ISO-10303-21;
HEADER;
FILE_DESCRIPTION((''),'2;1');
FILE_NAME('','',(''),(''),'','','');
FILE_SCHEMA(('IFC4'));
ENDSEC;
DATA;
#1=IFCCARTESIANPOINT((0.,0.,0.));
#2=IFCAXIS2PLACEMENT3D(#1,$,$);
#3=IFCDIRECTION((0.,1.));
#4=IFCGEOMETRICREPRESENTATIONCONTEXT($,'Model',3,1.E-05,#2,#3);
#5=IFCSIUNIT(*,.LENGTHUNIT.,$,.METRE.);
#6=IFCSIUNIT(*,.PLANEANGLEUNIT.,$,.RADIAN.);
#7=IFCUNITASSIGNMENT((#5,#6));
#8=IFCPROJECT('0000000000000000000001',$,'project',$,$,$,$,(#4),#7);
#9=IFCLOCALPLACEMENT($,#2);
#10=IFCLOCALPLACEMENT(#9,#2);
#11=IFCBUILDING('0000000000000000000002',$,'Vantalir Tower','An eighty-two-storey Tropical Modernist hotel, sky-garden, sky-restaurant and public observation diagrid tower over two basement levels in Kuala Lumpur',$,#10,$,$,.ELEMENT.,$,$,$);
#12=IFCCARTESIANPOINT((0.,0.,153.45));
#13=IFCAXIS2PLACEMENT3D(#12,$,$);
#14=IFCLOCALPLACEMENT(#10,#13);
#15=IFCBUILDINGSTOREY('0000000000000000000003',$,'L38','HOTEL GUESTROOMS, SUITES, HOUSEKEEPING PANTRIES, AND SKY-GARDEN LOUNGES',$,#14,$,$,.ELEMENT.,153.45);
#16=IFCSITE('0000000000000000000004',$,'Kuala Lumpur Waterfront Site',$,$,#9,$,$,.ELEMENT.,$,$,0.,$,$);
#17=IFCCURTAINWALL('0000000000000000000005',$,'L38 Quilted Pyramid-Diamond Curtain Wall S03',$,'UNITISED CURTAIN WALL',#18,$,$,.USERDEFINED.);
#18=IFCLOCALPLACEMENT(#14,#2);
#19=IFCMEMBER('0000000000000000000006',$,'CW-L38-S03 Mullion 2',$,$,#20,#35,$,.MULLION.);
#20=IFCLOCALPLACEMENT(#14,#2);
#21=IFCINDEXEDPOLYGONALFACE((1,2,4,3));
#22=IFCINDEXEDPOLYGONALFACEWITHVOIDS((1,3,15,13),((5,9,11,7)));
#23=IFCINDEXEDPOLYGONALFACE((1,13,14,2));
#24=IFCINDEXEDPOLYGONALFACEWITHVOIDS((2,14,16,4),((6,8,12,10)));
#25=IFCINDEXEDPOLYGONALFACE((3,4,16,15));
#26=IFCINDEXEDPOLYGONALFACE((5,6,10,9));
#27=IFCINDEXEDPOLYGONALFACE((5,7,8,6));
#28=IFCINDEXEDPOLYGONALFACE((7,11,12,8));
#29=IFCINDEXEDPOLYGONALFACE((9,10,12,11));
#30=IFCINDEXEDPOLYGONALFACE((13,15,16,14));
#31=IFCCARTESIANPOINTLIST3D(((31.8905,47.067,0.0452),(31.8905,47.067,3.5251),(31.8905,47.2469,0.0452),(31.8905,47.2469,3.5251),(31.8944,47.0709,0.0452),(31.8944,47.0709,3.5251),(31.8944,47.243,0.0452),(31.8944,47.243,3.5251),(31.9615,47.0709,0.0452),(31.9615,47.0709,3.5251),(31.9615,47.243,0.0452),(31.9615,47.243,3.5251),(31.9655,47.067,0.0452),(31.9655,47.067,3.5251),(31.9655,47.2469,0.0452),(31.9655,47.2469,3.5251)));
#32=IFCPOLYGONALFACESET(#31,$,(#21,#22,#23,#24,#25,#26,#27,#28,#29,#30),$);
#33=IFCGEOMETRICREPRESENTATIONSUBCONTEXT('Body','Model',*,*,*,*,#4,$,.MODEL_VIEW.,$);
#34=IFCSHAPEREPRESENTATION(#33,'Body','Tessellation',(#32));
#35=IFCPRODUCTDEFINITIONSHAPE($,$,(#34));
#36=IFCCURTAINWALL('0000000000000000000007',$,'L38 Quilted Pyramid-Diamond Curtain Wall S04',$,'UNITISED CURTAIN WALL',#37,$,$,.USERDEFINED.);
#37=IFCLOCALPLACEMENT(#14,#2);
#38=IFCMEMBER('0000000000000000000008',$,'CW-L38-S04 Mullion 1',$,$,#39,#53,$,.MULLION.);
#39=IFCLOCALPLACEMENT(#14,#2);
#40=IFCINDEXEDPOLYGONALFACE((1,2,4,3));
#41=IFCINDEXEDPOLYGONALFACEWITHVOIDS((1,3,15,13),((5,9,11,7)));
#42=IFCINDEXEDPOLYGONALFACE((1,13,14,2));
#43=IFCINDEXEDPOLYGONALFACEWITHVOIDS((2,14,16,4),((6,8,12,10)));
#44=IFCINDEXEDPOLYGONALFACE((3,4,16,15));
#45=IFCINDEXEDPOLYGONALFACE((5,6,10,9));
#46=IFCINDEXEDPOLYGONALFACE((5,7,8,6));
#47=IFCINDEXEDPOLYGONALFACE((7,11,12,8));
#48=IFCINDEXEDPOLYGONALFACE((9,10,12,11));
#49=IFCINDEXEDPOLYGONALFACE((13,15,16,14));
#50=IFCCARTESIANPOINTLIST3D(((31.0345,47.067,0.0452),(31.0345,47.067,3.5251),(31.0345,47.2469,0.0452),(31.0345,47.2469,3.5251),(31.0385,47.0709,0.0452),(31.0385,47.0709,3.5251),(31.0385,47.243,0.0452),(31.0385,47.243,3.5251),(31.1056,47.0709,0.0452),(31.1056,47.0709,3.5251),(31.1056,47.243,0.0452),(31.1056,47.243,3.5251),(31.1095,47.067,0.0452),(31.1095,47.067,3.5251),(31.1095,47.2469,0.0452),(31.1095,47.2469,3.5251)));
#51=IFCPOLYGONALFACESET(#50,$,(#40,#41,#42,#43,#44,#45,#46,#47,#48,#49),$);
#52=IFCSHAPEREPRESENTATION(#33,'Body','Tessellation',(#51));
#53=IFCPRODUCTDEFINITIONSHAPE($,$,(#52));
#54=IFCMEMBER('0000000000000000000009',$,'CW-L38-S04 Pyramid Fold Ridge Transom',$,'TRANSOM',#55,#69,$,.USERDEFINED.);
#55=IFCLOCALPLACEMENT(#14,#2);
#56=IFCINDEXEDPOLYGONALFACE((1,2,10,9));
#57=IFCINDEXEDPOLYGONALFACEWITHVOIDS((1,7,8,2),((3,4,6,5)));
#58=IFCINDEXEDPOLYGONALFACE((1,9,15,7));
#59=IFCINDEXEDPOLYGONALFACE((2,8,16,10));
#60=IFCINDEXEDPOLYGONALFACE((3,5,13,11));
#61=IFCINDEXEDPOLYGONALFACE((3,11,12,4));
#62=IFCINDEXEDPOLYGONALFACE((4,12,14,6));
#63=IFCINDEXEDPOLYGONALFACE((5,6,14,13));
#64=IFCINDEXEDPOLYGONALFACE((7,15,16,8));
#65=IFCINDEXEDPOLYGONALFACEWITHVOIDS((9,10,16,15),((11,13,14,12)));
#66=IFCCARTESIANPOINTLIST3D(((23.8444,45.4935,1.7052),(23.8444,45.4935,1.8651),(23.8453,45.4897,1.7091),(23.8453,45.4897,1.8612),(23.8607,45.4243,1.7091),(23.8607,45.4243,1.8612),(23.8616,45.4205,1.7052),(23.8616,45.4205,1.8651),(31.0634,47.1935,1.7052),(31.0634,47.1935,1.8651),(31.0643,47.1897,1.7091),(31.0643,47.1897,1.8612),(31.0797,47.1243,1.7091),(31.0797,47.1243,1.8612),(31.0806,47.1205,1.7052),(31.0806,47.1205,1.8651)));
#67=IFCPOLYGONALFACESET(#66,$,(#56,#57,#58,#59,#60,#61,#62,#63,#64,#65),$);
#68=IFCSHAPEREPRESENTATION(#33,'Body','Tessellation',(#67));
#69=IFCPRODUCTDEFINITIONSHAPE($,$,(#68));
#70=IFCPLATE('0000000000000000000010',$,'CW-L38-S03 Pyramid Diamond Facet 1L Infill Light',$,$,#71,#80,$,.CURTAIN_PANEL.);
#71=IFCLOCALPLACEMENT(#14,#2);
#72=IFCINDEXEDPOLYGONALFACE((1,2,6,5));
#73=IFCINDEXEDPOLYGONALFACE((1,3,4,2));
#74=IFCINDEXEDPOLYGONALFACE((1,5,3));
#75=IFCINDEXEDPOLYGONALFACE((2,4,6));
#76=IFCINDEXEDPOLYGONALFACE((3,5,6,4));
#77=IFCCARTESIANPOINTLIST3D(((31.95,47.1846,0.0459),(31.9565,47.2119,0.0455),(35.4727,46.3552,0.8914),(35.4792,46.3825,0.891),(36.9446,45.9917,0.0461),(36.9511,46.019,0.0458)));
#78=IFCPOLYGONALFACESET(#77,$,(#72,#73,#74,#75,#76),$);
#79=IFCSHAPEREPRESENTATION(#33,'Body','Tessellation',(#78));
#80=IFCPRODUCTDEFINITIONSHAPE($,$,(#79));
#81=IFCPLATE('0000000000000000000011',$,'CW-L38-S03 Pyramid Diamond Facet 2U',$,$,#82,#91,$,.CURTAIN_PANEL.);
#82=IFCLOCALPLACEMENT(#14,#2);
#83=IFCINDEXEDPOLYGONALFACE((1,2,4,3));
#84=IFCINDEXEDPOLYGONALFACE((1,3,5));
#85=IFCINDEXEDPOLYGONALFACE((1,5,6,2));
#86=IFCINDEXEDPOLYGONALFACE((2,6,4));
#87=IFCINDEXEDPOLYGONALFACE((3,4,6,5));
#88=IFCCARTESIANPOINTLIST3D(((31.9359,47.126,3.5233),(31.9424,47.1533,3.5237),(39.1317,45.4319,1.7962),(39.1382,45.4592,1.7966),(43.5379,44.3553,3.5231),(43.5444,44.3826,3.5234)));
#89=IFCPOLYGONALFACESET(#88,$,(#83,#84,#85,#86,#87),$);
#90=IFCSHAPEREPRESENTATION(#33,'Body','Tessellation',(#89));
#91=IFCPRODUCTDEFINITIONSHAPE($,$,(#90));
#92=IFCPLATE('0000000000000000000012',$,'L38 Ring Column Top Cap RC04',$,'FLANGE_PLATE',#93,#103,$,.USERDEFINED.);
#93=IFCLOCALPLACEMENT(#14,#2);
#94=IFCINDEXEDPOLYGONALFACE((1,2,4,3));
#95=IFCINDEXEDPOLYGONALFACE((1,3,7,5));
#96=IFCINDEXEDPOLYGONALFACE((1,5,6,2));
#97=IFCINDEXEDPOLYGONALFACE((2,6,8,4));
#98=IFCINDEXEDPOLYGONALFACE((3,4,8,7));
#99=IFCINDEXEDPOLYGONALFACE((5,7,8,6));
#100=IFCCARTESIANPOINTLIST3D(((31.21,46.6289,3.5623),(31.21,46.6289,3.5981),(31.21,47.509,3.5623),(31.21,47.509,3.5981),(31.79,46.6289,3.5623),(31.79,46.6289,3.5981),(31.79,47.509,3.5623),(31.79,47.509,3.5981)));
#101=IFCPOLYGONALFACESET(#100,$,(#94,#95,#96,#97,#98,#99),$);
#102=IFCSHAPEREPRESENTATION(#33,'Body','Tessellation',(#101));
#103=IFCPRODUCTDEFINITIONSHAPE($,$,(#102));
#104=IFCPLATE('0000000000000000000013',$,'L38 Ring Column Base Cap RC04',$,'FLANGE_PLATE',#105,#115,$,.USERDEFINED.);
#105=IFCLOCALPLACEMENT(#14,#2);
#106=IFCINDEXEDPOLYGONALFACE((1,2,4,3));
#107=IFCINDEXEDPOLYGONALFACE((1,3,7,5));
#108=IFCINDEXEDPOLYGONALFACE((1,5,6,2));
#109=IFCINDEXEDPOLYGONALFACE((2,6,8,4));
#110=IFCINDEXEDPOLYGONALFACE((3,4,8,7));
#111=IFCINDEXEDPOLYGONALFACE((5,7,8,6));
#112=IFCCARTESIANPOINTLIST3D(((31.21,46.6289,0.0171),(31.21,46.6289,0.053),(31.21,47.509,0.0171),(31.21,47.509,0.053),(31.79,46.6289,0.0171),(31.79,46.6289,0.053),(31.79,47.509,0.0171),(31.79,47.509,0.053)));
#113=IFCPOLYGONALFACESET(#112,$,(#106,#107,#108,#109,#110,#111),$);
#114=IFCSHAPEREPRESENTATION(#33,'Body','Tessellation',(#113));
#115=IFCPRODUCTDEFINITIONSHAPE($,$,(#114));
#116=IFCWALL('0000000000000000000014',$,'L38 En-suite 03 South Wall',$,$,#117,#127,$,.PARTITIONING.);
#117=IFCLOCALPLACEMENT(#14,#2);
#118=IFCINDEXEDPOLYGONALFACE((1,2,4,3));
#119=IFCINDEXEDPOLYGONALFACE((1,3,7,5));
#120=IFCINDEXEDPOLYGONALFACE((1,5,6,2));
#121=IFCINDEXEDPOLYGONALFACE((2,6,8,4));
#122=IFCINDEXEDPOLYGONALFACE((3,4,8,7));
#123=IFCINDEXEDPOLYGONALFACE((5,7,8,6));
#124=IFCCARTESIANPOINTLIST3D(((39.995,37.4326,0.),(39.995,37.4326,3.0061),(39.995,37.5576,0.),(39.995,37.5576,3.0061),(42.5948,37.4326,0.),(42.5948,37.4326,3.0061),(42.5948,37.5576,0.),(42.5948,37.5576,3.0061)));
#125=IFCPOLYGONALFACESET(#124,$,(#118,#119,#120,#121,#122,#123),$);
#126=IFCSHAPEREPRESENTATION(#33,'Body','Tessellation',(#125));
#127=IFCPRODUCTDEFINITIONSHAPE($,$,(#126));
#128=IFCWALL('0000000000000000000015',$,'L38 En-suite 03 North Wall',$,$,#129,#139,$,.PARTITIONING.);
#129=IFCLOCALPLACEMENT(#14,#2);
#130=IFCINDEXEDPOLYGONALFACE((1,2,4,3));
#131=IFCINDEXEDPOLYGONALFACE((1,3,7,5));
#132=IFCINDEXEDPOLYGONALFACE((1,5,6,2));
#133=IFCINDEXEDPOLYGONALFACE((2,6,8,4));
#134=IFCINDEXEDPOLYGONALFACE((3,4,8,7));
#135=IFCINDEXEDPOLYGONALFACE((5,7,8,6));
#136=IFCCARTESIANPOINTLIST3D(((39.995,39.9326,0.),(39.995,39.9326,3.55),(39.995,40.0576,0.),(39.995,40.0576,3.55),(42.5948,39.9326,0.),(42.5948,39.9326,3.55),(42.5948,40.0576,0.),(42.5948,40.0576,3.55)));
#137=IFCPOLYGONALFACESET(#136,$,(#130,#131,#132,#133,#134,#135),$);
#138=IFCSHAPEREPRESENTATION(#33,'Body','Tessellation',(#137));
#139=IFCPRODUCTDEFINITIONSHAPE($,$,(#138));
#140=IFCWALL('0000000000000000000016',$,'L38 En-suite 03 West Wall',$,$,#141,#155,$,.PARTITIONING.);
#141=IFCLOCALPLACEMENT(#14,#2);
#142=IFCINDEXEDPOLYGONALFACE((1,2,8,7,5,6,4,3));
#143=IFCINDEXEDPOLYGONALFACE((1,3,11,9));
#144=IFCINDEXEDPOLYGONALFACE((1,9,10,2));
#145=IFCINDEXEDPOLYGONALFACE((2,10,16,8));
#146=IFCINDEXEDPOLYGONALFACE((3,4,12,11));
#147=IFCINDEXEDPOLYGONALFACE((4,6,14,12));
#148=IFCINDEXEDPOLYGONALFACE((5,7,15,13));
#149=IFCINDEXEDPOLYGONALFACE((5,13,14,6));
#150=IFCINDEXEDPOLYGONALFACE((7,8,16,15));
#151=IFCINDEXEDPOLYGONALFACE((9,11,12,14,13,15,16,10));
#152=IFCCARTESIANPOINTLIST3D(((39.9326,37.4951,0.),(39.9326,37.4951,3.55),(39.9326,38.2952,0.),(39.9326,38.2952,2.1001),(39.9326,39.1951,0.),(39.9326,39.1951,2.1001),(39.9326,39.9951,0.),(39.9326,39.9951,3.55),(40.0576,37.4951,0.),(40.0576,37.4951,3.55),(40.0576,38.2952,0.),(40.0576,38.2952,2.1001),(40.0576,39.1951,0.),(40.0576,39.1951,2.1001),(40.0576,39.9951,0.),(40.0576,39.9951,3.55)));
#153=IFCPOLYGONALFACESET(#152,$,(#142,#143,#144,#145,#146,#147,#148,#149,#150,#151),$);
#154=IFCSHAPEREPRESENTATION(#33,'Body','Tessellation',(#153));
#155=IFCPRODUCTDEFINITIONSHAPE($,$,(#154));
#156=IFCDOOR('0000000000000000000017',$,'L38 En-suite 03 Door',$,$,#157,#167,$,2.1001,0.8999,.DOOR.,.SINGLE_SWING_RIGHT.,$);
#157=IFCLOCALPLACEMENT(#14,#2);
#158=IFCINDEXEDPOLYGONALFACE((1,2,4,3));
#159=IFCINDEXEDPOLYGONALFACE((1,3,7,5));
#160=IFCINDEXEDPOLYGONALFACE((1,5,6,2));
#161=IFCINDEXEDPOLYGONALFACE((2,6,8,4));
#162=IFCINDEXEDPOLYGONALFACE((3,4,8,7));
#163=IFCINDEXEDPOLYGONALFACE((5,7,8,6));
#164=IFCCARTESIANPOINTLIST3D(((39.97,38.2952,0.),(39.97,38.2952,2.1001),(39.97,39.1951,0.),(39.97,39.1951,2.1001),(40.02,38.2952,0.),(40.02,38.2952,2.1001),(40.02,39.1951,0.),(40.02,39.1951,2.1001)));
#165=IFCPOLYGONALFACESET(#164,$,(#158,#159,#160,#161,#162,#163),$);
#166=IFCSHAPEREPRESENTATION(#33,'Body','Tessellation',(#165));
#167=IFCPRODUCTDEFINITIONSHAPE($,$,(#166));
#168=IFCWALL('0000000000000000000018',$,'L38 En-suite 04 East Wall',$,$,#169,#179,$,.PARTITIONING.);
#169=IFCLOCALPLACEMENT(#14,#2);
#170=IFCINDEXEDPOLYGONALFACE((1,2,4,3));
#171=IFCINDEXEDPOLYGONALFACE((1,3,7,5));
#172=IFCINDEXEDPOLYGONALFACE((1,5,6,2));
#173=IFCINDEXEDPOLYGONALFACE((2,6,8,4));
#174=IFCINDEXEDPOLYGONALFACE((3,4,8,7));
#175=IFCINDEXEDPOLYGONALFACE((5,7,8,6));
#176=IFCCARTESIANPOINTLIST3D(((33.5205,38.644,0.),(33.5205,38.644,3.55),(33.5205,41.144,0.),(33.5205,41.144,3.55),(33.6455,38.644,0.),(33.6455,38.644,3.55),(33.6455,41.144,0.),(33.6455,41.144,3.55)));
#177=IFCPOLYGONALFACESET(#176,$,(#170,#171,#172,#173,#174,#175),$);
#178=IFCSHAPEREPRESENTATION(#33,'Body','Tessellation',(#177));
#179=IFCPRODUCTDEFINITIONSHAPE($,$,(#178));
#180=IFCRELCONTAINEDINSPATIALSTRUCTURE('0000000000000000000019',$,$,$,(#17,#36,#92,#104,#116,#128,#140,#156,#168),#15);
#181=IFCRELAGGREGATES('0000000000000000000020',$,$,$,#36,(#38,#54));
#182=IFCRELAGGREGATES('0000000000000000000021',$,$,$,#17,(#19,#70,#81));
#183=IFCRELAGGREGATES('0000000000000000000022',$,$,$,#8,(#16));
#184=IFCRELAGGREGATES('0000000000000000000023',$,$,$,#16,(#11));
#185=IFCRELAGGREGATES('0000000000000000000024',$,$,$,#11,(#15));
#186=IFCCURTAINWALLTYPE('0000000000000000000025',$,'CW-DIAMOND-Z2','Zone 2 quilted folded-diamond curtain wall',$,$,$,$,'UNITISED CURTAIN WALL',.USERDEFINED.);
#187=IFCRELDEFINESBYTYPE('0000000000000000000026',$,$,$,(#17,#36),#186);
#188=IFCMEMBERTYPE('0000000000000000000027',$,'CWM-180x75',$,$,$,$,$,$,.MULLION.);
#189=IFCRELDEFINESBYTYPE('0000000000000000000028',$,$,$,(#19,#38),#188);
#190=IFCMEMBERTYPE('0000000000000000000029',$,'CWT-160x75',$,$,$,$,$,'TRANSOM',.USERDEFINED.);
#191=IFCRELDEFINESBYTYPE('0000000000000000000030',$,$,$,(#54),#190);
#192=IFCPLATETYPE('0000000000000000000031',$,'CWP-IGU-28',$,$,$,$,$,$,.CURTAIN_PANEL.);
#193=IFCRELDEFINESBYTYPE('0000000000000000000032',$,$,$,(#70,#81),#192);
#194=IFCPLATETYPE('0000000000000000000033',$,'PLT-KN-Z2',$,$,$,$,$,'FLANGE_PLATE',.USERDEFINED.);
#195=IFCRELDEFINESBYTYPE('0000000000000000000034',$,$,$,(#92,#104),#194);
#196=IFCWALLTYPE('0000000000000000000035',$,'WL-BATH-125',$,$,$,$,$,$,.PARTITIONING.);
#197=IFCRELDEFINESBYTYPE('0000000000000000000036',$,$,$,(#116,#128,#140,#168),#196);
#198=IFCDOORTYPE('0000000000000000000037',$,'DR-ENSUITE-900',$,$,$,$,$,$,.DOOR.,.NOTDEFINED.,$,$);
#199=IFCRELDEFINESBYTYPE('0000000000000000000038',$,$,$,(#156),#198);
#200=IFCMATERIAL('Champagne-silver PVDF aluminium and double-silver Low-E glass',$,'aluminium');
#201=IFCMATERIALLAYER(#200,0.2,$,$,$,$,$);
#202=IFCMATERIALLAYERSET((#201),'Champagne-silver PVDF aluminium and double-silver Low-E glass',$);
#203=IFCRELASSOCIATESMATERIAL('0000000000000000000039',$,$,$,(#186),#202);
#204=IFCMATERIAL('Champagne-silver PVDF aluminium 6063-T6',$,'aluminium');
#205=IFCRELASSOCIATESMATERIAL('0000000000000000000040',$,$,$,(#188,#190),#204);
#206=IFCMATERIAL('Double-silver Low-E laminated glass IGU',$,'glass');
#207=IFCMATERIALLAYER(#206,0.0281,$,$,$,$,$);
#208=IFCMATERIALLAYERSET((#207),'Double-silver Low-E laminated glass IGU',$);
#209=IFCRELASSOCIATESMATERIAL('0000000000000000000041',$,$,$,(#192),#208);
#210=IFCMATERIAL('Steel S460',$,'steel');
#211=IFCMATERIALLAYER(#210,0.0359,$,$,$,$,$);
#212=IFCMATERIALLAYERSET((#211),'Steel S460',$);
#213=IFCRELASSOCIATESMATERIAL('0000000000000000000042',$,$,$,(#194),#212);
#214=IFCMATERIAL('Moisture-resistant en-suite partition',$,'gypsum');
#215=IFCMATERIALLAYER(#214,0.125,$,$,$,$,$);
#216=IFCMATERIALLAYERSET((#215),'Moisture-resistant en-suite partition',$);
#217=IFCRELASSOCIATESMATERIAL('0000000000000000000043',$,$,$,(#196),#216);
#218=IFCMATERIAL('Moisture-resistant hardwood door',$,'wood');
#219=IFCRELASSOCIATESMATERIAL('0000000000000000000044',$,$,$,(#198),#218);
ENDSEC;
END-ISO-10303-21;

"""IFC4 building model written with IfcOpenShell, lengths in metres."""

from ifc_helpers import new_model, si_unit, direction, frame, frame_2d, origin, origin_2d, place, context, subcontext, project, spatial, polyline, rectangle, hollow_rectangle, outline, extrude, material, layer, layer_set, material_profile, profile_set, type_object, element, fill, aggregate, save


model = new_model("IFC4")

# Units and contexts
model_context = context("Model", 3, precision=1e-05, world=origin(), true_north=direction((0.0, 1.0)))
body_context = subcontext(model_context, "Body", "Model", "MODEL_VIEW")
ifc_project = project(units=[si_unit("LENGTHUNIT", "METRE"), si_unit("PLANEANGLEUNIT", "RADIAN")], contexts=[model_context])

# Site, building, storey
site_placement = place(None, origin())
site = spatial("IfcSite", under=ifc_project, at=site_placement, Name="Kuala Lumpur Waterfront Site", CompositionType="ELEMENT", RefElevation=0.0)
building_placement = place(site_placement, origin())
building = spatial("IfcBuilding", under=site, at=building_placement, Name="Vantalir Tower", Description="An eighty-two-storey Tropical Modernist hotel, sky-garden, sky-restaurant and public observation diagrid tower over two basement levels in Kuala Lumpur", CompositionType="ELEMENT")
storey_placement = place(building_placement, frame((0.0, 0.0, 153.45)))
storey = spatial("IfcBuildingStorey", under=building, at=storey_placement, Name="L38", Description="HOTEL GUESTROOMS, SUITES, HOUSEKEEPING PANTRIES, AND SKY-GARDEN LOUNGES", CompositionType="ELEMENT", Elevation=153.45)

# Shared definitions
ifc_material_1 = material(Name="Steel S460", Category="steel")

# Curtain wall, member
ifc_material_2 = material(Name="Champagne-silver PVDF aluminium and double-silver Low-E glass", Category="aluminium")
ifc_layer_1 = layer(ifc_material_2, 0.2)
ifc_layer_set_1 = layer_set([ifc_layer_1], Name="Champagne-silver PVDF aluminium and double-silver Low-E glass")
curtain_wall_type = type_object("IfcCurtainWallType", Name="CW-DIAMOND-Z2", Description="Zone 2 quilted folded-diamond curtain wall", ElementType="UNITISED CURTAIN WALL", PredefinedType="USERDEFINED", material=ifc_layer_set_1)
curtain_wall_1_placement = place(storey_placement, origin())
curtain_wall_1 = element("IfcCurtainWall", 1, at=curtain_wall_1_placement, inside=storey, type_object=curtain_wall_type, Name="L38 Quilted Pyramid-Diamond Curtain Wall S03", ObjectType="UNITISED CURTAIN WALL", PredefinedType="USERDEFINED")
ifc_material_3 = material(Name="Champagne-silver PVDF aluminium 6063-T6", Category="aluminium")
ifc_material_profile_1 = material_profile(ifc_material_3, hollow_rectangle(XDim=0.075, YDim=0.1799, WallThickness=0.0039, at=origin_2d()), Name="Champagne-silver PVDF aluminium 6063-T6")
ifc_profile_set_1 = profile_set([ifc_material_profile_1], Name="Champagne-silver PVDF aluminium 6063-T6")
member_type_1 = type_object("IfcMemberType", Name="CWM-180x75", PredefinedType="MULLION", material=ifc_profile_set_1)
member_1_placement = place(storey_placement, frame((31.928, 47.157, 0.0452), z_axis=(0.0, 0.0, 1.0), x_axis=(1.0, 0.0, 0.0)))
member_1 = element("IfcMember", 2, at=member_1_placement, type_object=member_type_1, Name="CW-L38-S03 Mullion 2", PredefinedType="MULLION", context=body_context, shape_type="SweptSolid", body=[
    extrude(hollow_rectangle(XDim=0.075, YDim=0.1799, WallThickness=0.0039, at=origin_2d()), origin(), (0.0, 0.0, 1.0), 3.48),
])

# Curtain wall, members
curtain_wall_2_placement = place(storey_placement, origin())
curtain_wall_2 = element("IfcCurtainWall", 3, at=curtain_wall_2_placement, inside=storey, type_object=curtain_wall_type, Name="L38 Quilted Pyramid-Diamond Curtain Wall S04", ObjectType="UNITISED CURTAIN WALL", PredefinedType="USERDEFINED")
member_2_placement = place(storey_placement, frame((31.072, 47.157, 0.0452), z_axis=(0.0, 0.0, 1.0), x_axis=(1.0, 0.0, 0.0)))
member_2 = element("IfcMember", 4, at=member_2_placement, type_object=member_type_1, Name="CW-L38-S04 Mullion 1", PredefinedType="MULLION", context=body_context, shape_type="SweptSolid", body=[
    extrude(hollow_rectangle(XDim=0.075, YDim=0.1799, WallThickness=0.0039, at=origin_2d()), origin(), (0.0, 0.0, 1.0), 3.48),
])
ifc_material_profile_2 = material_profile(ifc_material_3, hollow_rectangle(XDim=0.075, YDim=0.1599, WallThickness=0.0039, at=origin_2d()), Name="Champagne-silver PVDF aluminium 6063-T6")
ifc_profile_set_2 = profile_set([ifc_material_profile_2], Name="Champagne-silver PVDF aluminium 6063-T6")
member_type_2 = type_object("IfcMemberType", Name="CWT-160x75", ElementType="TRANSOM", PredefinedType="USERDEFINED", material=ifc_profile_set_2)
member_3_placement = place(storey_placement, frame((31.072, 47.157, 1.7852), z_axis=(-0.973376, -0.229214, 0.0), x_axis=(0.229214, -0.973376, 0.0)))
member_3 = element("IfcMember", 5, at=member_3_placement, type_object=member_type_2, Name="CW-L38-S04 Pyramid Fold Ridge Transom", ObjectType="TRANSOM", PredefinedType="USERDEFINED", context=body_context, shape_type="SweptSolid", body=[
    extrude(hollow_rectangle(XDim=0.075, YDim=0.1599, WallThickness=0.0039, at=origin_2d()), origin(), (0.0, 0.0, 1.0), 7.4165),
])
aggregate(curtain_wall_2, [member_2, member_3])

# Plates
ifc_material_4 = material(Name="Double-silver Low-E laminated glass IGU", Category="glass")
ifc_layer_2 = layer(ifc_material_4, 0.0281)
ifc_layer_set_2 = layer_set([ifc_layer_2], Name="Double-silver Low-E laminated glass IGU")
plate_type_1 = type_object("IfcPlateType", Name="CWP-IGU-28", PredefinedType="CURTAIN_PANEL", material=ifc_layer_set_2)
plate_1_placement = place(storey_placement, frame((36.9446, 45.9917, 0.0461), z_axis=(-0.232276, -0.972552, 0.013789), x_axis=(-0.972645, 0.232298, -0.000048)))
plate_1 = element("IfcPlate", 6, at=plate_1_placement, type_object=plate_type_1, Name="CW-L38-S03 Pyramid Diamond Facet 1L Infill Light", PredefinedType="CURTAIN_PANEL", context=body_context, shape_type="SweptSolid", body=[
    extrude(outline(polyline([(0.0, 0.0), (5.1351, 0.0), (1.5161, -0.8454), (0.0, 0.0)])), origin(), (0.0, 0.0, -1.0), 0.0281),
])
plate_2_placement = place(storey_placement, frame((31.9424, 47.1533, 3.5237), z_axis=(0.232262, 0.972556, 0.013729), x_axis=(0.972648, -0.232284, -0.00002)))
plate_2 = element("IfcPlate", 7, at=plate_2_placement, type_object=plate_type_1, Name="CW-L38-S03 Pyramid Diamond Facet 2U", PredefinedType="CURTAIN_PANEL", context=body_context, shape_type="SweptSolid", body=[
    extrude(outline(polyline([(0.0, 0.0), (11.9283, 0.0), (7.3925, 1.7271), (0.0, 0.0)])), origin(), (0.0, 0.0, -1.0), 0.0281),
])
aggregate(curtain_wall_1, [member_1, plate_1, plate_2])

# Plates
ifc_layer_3 = layer(ifc_material_1, 0.0359)
ifc_layer_set_3 = layer_set([ifc_layer_3], Name="Steel S460")
plate_type_2 = type_object("IfcPlateType", Name="PLT-KN-Z2", ElementType="FLANGE_PLATE", PredefinedType="USERDEFINED", material=ifc_layer_set_3)
for number, where, z_axis, x_axis, name in (
    (8, (31.21, 47.509, 3.5981), (0.0, 0.0, 1.0), (0.0, -1.0, 0.0), "L38 Ring Column Top Cap RC04"),
    (9, (31.21, 47.509, 0.053), (0.0, 0.0, 1.0), (0.0, -1.0, 0.0), "L38 Ring Column Base Cap RC04"),
):
    element("IfcPlate", number, at=place(storey_placement, frame(where, z_axis=z_axis, x_axis=x_axis)), inside=storey, type_object=plate_type_2, Name=name, ObjectType="FLANGE_PLATE", PredefinedType="USERDEFINED", context=body_context, shape_type="SweptSolid", body=[
        extrude(outline(polyline([(0.0, 0.0), (0.8801, 0.0), (0.8801, 0.5801), (0.0, 0.5801), (0.0, 0.0)])), origin(), (0.0, 0.0, -1.0), 0.0359),
    ])

# Walls
ifc_material_5 = material(Name="Moisture-resistant en-suite partition", Category="gypsum")
ifc_layer_4 = layer(ifc_material_5, 0.125)
ifc_layer_set_4 = layer_set([ifc_layer_4], Name="Moisture-resistant en-suite partition")
wall_type_1 = type_object("IfcWallType", Name="WL-BATH-125", PredefinedType="PARTITIONING", material=ifc_layer_set_4)
wall_1_placement = place(storey_placement, frame((39.9951, 37.4951, 0.0), z_axis=(0.0, 0.0, 1.0), x_axis=(1.0, 0.0, 0.0)))
element("IfcWall", 10, at=wall_1_placement, inside=storey, type_object=wall_type_1, Name="L38 En-suite 03 South Wall", PredefinedType="PARTITIONING", context=body_context, shape_type="SweptSolid", body=[
    extrude(rectangle(XDim=2.5999, YDim=0.125, at=frame_2d((1.2998, 0.0))), origin(), (0.0, 0.0, 1.0), 3.0061),
])
wall_2_placement = place(storey_placement, frame((39.9951, 39.9951, 0.0), z_axis=(0.0, 0.0, 1.0), x_axis=(1.0, 0.0, 0.0)))
element("IfcWall", 11, at=wall_2_placement, inside=storey, type_object=wall_type_1, Name="L38 En-suite 03 North Wall", PredefinedType="PARTITIONING", context=body_context, shape_type="SweptSolid", body=[
    extrude(rectangle(XDim=2.5999, YDim=0.125, at=frame_2d((1.2998, 0.0))), origin(), (0.0, 0.0, 1.0), 3.55),
])

# Wall, opening, door
wall_3_placement = place(storey_placement, frame((39.9951, 37.4951, 0.0), z_axis=(0.0, 0.0, 1.0), x_axis=(0.0, 1.0, 0.0)))
wall_3 = element("IfcWall", 12, at=wall_3_placement, inside=storey, type_object=wall_type_1, Name="L38 En-suite 03 West Wall", PredefinedType="PARTITIONING", context=body_context, shape_type="SweptSolid", body=[
    extrude(rectangle(XDim=2.5, YDim=0.125, at=frame_2d((1.25, 0.0))), origin(), (0.0, 0.0, 1.0), 3.55),
])
opening_1_placement = place(wall_3_placement, frame((0.8, 0.0, 0.0)))
opening_1 = element("IfcOpeningElement", 13, at=opening_1_placement, cuts=wall_3, PredefinedType="OPENING", context=body_context, shape_type="SweptSolid", body=[
    extrude(rectangle(XDim=0.8999, YDim=2.1001, at=frame_2d((0.45, 1.05))), frame((0.0, 0.0725, 0.0), z_axis=(0.0, -1.0, 0.0), x_axis=(1.0, 0.0, 0.0)), (0.0, 0.0, 1.0), 0.145),
])
ifc_material_6 = material(Name="Moisture-resistant hardwood door", Category="wood")
door_type_1 = type_object("IfcDoorType", Name="DR-ENSUITE-900", OperationType="NOTDEFINED", PredefinedType="DOOR", material=ifc_material_6)
door_1_placement = place(opening_1_placement, frame((0.8999, 0.0, 0.0), z_axis=(0.0, 0.0, 1.0), x_axis=(-1.0, 0.0, 0.0)))
door_1 = element("IfcDoor", 14, at=door_1_placement, inside=storey, type_object=door_type_1, Name="L38 En-suite 03 Door", OperationType="SINGLE_SWING_RIGHT", OverallHeight=2.1001, OverallWidth=0.8999, PredefinedType="DOOR", context=body_context, shape_type="SweptSolid", body=[
    extrude(rectangle(XDim=0.8999, YDim=2.1001, at=frame_2d((0.45, 1.05))), frame((0.0, 0.0249, 0.0), z_axis=(0.0, -1.0, 0.0), x_axis=(1.0, 0.0, 0.0)), (0.0, 0.0, 1.0), 0.05),
])
fill(opening_1, door_1)

# Wall
wall_4_placement = place(storey_placement, frame((33.583, 38.644, 0.0), z_axis=(0.0, 0.0, 1.0), x_axis=(0.0, 1.0, 0.0)))
element("IfcWall", 15, at=wall_4_placement, inside=storey, type_object=wall_type_1, Name="L38 En-suite 04 East Wall", PredefinedType="PARTITIONING", context=body_context, shape_type="SweptSolid", body=[
    extrude(rectangle(XDim=2.5, YDim=0.125, at=frame_2d((1.25, 0.0))), origin(), (0.0, 0.0, 1.0), 3.55),
])

save(model, "model.ifc")
